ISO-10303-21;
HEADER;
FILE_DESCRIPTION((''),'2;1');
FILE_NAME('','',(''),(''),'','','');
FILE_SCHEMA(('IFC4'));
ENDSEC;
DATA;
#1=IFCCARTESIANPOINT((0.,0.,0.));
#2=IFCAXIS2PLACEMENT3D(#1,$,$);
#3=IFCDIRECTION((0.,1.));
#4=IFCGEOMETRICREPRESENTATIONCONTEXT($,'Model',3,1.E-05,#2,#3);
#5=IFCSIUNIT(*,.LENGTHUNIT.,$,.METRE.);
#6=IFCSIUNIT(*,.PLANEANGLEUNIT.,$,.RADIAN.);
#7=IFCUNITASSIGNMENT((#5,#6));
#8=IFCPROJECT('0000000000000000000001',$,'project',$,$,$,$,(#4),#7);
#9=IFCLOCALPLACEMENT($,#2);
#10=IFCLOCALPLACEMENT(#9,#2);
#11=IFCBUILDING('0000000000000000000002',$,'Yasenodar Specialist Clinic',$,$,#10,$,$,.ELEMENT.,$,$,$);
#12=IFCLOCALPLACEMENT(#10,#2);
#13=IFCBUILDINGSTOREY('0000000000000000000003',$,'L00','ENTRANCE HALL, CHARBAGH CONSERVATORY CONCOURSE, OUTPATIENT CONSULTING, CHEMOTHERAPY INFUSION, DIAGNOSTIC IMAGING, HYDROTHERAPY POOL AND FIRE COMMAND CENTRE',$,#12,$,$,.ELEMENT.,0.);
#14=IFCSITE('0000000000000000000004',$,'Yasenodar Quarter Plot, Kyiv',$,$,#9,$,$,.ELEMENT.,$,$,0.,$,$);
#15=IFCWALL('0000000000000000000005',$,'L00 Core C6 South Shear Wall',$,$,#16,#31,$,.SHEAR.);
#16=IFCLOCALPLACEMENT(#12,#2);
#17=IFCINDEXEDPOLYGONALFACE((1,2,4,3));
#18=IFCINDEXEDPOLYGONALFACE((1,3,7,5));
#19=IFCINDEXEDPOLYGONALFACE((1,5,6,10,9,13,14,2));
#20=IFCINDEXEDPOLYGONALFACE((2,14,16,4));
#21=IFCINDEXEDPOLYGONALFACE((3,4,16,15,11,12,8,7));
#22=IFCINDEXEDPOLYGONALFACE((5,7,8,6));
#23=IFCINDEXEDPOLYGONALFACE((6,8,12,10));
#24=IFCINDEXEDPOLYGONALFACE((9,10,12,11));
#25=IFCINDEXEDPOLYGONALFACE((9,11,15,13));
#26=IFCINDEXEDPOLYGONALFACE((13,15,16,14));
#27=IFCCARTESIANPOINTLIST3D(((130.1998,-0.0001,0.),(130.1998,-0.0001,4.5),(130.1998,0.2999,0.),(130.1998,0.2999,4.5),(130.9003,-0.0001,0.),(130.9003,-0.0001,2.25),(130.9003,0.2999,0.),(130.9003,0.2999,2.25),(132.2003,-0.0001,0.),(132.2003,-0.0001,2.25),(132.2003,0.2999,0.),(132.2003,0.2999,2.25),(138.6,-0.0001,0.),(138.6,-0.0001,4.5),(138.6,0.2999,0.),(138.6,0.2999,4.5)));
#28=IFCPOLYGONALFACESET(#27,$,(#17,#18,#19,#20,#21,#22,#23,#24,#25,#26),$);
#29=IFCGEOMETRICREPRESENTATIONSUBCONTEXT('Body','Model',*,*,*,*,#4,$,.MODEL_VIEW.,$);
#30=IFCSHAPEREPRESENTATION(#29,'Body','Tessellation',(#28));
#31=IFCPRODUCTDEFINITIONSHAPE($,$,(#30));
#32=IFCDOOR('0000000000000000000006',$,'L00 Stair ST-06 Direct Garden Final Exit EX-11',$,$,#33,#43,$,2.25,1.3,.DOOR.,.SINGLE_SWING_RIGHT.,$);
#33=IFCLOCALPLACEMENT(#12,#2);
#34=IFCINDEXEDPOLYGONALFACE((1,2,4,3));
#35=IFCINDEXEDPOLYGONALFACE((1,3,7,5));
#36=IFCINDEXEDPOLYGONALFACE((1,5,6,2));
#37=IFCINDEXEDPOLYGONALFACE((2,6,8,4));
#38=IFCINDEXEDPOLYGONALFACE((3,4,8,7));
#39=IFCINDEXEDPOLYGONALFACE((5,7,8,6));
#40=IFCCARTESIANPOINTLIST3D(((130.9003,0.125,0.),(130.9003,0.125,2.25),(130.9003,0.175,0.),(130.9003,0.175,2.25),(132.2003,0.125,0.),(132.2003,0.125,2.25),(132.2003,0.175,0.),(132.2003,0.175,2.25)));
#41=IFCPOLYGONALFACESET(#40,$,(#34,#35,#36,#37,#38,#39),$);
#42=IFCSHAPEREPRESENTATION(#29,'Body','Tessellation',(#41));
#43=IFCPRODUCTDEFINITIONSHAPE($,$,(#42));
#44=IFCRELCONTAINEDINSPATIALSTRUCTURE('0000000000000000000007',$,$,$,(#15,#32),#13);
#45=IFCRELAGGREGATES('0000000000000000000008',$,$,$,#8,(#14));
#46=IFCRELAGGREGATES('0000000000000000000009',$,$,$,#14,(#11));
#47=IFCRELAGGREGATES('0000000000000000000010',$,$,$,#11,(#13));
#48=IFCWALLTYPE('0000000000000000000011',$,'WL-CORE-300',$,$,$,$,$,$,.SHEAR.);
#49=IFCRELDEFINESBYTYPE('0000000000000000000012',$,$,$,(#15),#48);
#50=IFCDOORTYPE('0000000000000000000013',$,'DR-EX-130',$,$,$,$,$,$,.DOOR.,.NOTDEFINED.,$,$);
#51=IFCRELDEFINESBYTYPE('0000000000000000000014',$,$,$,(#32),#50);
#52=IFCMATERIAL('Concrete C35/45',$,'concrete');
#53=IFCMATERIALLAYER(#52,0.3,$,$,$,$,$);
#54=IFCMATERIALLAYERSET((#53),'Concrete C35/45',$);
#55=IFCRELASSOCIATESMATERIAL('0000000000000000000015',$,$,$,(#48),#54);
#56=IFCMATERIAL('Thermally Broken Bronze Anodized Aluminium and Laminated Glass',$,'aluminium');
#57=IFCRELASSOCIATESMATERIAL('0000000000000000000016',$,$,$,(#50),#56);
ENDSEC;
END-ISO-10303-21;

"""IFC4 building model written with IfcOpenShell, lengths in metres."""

from ifc_helpers import new_model, si_unit, direction, frame, frame_2d, origin, place, context, subcontext, project, spatial, rectangle, extrude, material, layer, layer_set, type_object, element, fill, save


model = new_model("IFC4")

# Units and contexts
model_context = context("Model", 3, precision=1e-05, world=origin(), true_north=direction((0.0, 1.0)))
body_context = subcontext(model_context, "Body", "Model", "MODEL_VIEW")
ifc_project = project(units=[si_unit("LENGTHUNIT", "METRE"), si_unit("PLANEANGLEUNIT", "RADIAN")], contexts=[model_context])

# Site, building, storey
site_placement = place(None, origin())
site = spatial("IfcSite", under=ifc_project, at=site_placement, Name="Yasenodar Quarter Plot, Kyiv", CompositionType="ELEMENT", RefElevation=0.0)
building_placement = place(site_placement, origin())
building = spatial("IfcBuilding", under=site, at=building_placement, Name="Yasenodar Specialist Clinic", CompositionType="ELEMENT")
storey_placement = place(building_placement, origin())
storey = spatial("IfcBuildingStorey", under=building, at=storey_placement, Name="L00", Description="ENTRANCE HALL, CHARBAGH CONSERVATORY CONCOURSE, OUTPATIENT CONSULTING, CHEMOTHERAPY INFUSION, DIAGNOSTIC IMAGING, HYDROTHERAPY POOL AND FIRE COMMAND CENTRE", CompositionType="ELEMENT", Elevation=0.0)

# Wall, opening, door
ifc_material_1 = material(Name="Concrete C35/45", Category="concrete")
ifc_layer_1 = layer(ifc_material_1, 0.3)
ifc_layer_set_1 = layer_set([ifc_layer_1], Name="Concrete C35/45")
wall_type = type_object("IfcWallType", Name="WL-CORE-300", PredefinedType="SHEAR", material=ifc_layer_set_1)
wall_placement = place(storey_placement, frame((138.6001, 0.1499, 0.0), z_axis=(0.0, 0.0, 1.0), x_axis=(-1.0, 0.0, 0.0)))
wall = element("IfcWall", 1, at=wall_placement, inside=storey, type_object=wall_type, Name="L00 Core C6 South Shear Wall", PredefinedType="SHEAR", context=body_context, shape_type="SweptSolid", body=[
    extrude(rectangle(XDim=8.4001, YDim=0.3, at=frame_2d((4.2002, 0.0))), origin(), (0.0, 0.0, 1.0), 4.5),
])
opening_placement = place(wall_placement, frame((6.3999, 0.0, 0.0)))
opening = element("IfcOpeningElement", 2, at=opening_placement, cuts=wall, PredefinedType="OPENING", context=body_context, shape_type="SweptSolid", body=[
    extrude(rectangle(XDim=1.3, YDim=2.25, at=frame_2d((0.6499, 1.125))), frame((0.0, 0.1602, 0.0), z_axis=(0.0, -1.0, 0.0), x_axis=(1.0, 0.0, 0.0)), (0.0, 0.0, 1.0), 0.3201),
])
ifc_material_2 = material(Name="Thermally Broken Bronze Anodized Aluminium and Laminated Glass", Category="aluminium")
door_type = type_object("IfcDoorType", Name="DR-EX-130", OperationType="NOTDEFINED", PredefinedType="DOOR", material=ifc_material_2)
door_placement = place(opening_placement, origin())
door = element("IfcDoor", 3, at=door_placement, inside=storey, type_object=door_type, Name="L00 Stair ST-06 Direct Garden Final Exit EX-11", OperationType="SINGLE_SWING_RIGHT", OverallHeight=2.25, OverallWidth=1.3, PredefinedType="DOOR", context=body_context, shape_type="SweptSolid", body=[
    extrude(rectangle(XDim=1.3, YDim=2.25, at=frame_2d((0.6499, 1.125))), frame((0.0, 0.0249, 0.0), z_axis=(0.0, -1.0, 0.0), x_axis=(1.0, 0.0, 0.0)), (0.0, 0.0, 1.0), 0.05),
])
fill(opening, door)

save(model, "model.ifc")
